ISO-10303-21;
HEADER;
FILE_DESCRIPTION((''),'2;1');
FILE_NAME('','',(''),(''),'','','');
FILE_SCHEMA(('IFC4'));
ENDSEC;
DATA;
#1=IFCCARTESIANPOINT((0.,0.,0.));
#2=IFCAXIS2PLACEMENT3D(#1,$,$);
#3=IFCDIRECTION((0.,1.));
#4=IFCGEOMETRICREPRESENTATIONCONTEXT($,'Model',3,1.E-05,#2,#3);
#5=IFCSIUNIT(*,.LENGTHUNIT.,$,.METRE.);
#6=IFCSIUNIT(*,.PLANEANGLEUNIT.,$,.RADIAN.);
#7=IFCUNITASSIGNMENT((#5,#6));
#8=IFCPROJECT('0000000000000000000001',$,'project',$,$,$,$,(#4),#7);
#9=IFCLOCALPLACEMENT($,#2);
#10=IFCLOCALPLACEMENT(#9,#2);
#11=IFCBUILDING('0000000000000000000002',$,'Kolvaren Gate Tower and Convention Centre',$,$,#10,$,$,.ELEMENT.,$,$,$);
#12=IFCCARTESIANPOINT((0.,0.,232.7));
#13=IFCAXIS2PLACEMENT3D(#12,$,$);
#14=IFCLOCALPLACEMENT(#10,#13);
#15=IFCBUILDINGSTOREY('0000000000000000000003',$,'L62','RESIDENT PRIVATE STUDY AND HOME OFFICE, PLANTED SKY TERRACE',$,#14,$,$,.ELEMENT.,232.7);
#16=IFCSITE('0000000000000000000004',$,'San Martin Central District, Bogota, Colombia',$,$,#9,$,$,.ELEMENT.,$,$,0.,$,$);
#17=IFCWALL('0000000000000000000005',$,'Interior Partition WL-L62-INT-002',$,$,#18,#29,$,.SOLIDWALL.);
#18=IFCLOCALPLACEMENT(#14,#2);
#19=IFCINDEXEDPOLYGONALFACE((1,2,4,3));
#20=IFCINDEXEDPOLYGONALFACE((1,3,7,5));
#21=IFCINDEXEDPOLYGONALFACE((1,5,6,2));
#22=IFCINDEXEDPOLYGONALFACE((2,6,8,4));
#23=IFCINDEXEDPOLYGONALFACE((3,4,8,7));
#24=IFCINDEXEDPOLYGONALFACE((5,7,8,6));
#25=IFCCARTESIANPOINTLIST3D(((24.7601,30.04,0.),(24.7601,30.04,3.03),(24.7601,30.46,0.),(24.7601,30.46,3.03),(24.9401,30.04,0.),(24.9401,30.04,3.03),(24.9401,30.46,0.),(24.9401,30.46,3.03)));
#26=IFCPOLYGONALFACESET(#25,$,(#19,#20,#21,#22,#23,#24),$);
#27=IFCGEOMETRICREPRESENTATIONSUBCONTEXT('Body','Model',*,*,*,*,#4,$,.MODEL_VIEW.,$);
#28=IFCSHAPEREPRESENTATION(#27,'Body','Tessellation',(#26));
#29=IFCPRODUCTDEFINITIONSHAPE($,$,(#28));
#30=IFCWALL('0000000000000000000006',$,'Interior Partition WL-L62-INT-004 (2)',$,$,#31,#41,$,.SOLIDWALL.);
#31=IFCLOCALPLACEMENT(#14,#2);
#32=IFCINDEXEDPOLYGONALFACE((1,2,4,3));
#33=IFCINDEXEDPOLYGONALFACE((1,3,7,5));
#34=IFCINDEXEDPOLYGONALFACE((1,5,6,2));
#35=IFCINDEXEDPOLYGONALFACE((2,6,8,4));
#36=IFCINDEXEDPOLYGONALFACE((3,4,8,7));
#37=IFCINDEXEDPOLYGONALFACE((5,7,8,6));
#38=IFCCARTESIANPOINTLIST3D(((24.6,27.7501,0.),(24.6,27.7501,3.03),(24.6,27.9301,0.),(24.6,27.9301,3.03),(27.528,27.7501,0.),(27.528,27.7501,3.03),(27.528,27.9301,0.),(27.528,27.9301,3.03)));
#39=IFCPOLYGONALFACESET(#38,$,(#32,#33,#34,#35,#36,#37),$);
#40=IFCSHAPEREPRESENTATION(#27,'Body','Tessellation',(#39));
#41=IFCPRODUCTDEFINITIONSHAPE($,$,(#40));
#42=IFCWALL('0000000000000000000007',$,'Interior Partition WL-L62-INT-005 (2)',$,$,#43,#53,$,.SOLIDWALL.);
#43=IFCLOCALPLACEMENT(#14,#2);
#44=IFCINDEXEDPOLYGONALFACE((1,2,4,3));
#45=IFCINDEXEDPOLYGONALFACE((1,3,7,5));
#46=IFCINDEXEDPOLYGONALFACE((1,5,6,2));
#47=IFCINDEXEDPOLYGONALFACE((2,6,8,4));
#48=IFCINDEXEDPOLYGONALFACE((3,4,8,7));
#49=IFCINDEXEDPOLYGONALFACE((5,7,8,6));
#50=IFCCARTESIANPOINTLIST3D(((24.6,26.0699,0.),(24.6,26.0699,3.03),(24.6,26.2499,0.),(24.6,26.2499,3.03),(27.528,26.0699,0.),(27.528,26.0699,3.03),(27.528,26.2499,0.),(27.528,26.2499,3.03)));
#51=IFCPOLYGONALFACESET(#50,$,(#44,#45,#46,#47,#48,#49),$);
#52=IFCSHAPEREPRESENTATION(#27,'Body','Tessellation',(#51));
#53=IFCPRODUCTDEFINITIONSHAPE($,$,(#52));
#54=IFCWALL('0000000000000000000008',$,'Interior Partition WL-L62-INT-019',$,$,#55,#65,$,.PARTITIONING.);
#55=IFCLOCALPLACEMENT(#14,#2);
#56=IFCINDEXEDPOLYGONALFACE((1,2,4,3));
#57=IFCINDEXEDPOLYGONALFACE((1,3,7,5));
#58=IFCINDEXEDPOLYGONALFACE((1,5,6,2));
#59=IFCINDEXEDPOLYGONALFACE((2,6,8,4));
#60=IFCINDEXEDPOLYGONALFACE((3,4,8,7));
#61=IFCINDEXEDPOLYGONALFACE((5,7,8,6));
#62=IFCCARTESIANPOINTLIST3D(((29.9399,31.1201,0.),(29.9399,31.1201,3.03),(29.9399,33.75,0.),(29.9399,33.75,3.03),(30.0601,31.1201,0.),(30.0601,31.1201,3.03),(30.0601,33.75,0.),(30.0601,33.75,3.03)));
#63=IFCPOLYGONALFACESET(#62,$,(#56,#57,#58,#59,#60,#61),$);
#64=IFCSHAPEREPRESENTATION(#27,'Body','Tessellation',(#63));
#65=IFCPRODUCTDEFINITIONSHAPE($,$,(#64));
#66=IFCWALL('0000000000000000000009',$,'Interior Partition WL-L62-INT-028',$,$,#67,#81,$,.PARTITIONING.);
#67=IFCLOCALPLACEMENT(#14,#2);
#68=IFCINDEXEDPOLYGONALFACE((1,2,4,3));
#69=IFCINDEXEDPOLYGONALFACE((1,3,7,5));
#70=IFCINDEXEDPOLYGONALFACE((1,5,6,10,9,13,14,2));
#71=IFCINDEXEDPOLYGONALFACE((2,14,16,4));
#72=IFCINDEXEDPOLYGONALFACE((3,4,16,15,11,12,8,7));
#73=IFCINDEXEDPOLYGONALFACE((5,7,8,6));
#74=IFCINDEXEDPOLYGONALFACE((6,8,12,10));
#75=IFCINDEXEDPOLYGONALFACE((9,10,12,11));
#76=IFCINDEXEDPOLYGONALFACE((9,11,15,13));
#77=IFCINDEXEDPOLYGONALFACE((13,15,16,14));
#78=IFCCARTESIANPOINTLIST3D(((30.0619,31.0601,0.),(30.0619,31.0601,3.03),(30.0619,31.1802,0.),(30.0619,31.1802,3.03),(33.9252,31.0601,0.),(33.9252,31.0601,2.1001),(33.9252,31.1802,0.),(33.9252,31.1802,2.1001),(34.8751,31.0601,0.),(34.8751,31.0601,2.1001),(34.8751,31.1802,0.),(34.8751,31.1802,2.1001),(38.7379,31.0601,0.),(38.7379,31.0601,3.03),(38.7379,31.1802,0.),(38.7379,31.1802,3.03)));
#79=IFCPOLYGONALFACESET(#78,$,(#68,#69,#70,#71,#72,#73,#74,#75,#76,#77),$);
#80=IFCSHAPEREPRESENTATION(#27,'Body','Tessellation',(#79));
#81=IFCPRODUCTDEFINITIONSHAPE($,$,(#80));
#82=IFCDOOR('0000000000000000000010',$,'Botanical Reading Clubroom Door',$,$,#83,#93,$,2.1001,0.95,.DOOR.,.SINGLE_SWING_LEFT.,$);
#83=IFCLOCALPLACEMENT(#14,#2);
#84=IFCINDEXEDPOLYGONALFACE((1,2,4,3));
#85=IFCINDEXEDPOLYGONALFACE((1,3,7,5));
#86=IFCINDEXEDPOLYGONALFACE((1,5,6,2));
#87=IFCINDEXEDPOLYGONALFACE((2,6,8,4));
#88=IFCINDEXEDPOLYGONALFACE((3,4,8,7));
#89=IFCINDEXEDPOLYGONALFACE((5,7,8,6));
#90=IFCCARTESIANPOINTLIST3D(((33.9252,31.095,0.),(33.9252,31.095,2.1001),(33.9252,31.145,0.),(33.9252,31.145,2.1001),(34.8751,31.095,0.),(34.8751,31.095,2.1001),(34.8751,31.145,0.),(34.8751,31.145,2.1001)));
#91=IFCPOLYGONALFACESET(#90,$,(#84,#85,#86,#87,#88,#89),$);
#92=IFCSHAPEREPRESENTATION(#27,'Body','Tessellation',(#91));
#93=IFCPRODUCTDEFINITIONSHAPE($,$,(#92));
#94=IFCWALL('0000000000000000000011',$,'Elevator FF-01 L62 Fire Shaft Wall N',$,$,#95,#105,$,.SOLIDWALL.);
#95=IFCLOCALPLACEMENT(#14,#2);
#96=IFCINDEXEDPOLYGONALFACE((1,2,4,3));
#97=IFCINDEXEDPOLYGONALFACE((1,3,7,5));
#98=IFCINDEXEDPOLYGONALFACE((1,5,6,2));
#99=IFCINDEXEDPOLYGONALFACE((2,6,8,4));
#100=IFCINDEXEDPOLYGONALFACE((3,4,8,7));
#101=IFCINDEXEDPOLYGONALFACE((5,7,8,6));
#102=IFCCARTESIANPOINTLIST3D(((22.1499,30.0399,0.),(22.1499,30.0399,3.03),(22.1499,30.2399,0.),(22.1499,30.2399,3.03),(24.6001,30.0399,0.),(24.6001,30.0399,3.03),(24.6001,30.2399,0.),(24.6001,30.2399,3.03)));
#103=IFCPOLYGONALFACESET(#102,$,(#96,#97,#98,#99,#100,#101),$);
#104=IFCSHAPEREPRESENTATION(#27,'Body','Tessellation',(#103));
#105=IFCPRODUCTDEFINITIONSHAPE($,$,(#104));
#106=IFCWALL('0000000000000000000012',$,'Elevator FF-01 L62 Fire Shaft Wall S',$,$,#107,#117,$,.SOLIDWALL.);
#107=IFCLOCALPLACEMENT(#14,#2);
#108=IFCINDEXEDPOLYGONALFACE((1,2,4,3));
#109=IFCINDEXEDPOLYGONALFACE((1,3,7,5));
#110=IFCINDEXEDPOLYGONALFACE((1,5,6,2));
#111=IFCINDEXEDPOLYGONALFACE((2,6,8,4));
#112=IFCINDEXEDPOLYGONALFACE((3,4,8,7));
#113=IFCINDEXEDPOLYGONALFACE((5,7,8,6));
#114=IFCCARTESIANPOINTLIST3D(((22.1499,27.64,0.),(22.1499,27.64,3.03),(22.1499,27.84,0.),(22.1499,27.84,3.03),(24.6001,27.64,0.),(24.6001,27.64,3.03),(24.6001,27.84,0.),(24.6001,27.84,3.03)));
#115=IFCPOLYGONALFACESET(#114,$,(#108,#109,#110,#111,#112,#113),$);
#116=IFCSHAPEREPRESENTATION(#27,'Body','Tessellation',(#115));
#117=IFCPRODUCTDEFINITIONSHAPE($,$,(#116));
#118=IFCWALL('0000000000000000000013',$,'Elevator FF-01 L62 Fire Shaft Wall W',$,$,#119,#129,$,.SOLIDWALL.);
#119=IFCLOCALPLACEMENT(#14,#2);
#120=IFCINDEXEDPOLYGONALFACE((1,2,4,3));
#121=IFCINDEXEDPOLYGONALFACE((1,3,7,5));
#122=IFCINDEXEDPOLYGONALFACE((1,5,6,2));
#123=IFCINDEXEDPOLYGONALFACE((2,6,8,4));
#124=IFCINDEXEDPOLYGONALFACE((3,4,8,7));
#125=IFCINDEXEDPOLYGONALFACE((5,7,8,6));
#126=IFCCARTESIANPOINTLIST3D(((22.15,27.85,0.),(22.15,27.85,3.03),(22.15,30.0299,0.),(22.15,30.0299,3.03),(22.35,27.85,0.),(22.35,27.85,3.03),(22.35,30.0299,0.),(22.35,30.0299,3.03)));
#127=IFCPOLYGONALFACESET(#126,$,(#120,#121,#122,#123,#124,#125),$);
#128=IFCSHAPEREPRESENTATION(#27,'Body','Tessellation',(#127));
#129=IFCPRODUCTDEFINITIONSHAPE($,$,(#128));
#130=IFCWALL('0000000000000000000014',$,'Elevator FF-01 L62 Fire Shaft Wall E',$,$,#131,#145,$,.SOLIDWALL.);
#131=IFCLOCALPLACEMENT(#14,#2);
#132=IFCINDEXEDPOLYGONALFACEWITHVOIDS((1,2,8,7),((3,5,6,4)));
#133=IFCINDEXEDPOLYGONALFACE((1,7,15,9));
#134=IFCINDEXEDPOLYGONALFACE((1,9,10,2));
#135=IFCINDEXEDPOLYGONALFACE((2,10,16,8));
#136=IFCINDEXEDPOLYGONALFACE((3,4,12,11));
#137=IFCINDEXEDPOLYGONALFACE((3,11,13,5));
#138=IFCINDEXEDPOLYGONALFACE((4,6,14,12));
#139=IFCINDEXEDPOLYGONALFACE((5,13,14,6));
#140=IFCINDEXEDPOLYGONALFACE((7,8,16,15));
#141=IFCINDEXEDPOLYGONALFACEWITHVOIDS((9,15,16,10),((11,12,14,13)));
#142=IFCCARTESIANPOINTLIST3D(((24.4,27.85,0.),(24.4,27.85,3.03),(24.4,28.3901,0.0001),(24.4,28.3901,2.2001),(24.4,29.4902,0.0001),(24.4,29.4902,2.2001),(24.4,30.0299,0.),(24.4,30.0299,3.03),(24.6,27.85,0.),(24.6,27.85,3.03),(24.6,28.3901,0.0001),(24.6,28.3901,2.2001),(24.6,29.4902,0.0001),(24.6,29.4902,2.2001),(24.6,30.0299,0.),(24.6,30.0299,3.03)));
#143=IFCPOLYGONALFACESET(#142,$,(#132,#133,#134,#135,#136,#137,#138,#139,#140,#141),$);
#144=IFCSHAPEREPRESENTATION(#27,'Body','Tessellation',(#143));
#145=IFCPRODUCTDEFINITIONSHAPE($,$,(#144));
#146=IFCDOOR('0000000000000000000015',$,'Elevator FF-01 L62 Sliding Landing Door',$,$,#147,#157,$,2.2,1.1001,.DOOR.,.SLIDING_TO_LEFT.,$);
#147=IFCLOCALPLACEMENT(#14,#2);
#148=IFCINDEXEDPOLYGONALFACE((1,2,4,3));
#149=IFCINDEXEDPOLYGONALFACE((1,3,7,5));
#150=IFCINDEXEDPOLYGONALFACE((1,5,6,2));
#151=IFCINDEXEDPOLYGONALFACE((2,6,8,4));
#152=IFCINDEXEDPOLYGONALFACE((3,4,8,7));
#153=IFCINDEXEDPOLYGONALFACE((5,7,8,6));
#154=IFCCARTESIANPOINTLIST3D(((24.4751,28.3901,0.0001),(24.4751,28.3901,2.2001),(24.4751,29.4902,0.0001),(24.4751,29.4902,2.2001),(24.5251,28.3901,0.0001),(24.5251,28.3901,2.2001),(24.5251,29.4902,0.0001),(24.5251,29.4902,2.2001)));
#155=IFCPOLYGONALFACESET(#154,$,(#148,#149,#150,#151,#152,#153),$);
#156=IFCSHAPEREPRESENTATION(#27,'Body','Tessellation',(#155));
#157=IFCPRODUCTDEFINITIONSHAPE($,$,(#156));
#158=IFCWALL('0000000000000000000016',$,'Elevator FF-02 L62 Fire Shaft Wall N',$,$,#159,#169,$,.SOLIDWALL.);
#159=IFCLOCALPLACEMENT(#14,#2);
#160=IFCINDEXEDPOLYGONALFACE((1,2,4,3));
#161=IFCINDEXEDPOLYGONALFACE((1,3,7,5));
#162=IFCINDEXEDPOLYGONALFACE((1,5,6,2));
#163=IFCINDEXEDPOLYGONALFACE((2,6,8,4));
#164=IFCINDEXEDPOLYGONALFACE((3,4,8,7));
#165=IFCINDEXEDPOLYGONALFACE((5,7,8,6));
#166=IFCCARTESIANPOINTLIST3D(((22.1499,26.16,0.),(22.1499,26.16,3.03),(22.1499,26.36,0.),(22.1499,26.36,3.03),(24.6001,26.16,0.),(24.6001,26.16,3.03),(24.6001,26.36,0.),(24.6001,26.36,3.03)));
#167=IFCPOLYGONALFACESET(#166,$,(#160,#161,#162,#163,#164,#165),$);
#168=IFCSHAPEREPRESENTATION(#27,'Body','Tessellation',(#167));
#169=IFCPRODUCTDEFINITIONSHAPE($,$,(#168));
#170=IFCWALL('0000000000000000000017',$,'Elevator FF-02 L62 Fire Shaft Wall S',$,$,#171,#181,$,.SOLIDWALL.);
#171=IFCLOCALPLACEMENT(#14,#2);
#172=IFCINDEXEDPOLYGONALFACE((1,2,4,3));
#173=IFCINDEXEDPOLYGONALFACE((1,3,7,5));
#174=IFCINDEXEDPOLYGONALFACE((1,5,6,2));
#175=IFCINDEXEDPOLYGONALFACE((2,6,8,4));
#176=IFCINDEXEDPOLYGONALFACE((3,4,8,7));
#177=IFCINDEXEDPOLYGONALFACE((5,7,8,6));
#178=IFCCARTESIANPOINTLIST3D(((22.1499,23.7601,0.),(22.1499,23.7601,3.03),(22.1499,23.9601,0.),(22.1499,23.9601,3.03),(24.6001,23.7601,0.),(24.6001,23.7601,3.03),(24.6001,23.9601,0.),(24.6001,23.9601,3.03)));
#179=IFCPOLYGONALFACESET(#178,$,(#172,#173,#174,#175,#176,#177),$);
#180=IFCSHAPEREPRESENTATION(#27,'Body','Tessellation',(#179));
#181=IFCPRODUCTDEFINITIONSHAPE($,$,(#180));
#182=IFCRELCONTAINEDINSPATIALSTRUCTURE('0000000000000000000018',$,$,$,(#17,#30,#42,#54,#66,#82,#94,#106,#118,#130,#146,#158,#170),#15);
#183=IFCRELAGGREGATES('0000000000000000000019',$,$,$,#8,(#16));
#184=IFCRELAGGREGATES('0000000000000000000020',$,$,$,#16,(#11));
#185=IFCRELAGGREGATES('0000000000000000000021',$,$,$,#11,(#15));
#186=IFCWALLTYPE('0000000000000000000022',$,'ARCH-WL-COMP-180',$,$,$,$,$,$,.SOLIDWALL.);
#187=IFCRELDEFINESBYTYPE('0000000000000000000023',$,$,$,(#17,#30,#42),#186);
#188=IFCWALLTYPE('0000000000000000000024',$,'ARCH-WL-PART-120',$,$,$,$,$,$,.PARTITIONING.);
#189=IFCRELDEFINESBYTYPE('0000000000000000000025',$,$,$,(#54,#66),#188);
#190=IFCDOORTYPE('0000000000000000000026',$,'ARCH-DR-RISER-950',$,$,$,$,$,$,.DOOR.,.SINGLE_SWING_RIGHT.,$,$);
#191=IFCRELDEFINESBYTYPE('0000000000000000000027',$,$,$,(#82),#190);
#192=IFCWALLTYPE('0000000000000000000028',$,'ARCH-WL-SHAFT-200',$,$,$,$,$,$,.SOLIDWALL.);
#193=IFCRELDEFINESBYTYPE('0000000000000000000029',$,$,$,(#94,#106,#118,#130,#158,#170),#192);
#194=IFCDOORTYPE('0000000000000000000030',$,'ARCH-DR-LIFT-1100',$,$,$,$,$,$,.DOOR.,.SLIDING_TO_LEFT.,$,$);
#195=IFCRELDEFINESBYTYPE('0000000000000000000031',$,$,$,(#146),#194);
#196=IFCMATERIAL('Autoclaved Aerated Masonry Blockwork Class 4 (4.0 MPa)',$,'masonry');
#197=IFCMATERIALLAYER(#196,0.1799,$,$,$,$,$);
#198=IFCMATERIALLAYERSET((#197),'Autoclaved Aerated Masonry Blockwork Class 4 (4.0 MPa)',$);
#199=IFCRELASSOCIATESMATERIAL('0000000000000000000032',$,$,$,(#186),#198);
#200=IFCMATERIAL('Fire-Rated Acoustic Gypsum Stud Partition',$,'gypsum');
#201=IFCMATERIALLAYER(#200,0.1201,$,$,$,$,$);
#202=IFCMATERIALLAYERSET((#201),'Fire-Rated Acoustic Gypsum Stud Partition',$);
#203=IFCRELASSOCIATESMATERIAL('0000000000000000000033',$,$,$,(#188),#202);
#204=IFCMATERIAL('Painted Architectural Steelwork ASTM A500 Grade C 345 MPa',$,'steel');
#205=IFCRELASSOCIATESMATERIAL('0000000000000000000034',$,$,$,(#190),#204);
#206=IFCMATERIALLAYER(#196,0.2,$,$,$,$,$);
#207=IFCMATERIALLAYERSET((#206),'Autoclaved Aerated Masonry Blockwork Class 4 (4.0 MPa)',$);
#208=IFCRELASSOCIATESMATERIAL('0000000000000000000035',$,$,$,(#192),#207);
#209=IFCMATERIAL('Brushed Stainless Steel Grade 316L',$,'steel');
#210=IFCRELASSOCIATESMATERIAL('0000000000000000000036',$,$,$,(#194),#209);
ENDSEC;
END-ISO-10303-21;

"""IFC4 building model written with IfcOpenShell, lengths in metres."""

from ifc_helpers import new_model, si_unit, direction, frame, frame_2d, origin, place, context, subcontext, project, spatial, rectangle, extrude, material, layer, layer_set, type_object, element, fill, save


model = new_model("IFC4")

# Units and contexts
model_context = context("Model", 3, precision=1e-05, world=origin(), true_north=direction((0.0, 1.0)))
body_context = subcontext(model_context, "Body", "Model", "MODEL_VIEW")
ifc_project = project(units=[si_unit("LENGTHUNIT", "METRE"), si_unit("PLANEANGLEUNIT", "RADIAN")], contexts=[model_context])

# Site, building, storey
site_placement = place(None, origin())
site = spatial("IfcSite", under=ifc_project, at=site_placement, Name="San Martin Central District, Bogota, Colombia", CompositionType="ELEMENT", RefElevation=0.0)
building_placement = place(site_placement, origin())
building = spatial("IfcBuilding", under=site, at=building_placement, Name="Kolvaren Gate Tower and Convention Centre", CompositionType="ELEMENT")
storey_placement = place(building_placement, frame((0.0, 0.0, 232.7)))
storey = spatial("IfcBuildingStorey", under=building, at=storey_placement, Name="L62", Description="RESIDENT PRIVATE STUDY AND HOME OFFICE, PLANTED SKY TERRACE", CompositionType="ELEMENT", Elevation=232.7)

# Walls
ifc_material_1 = material(Name="Autoclaved Aerated Masonry Blockwork Class 4 (4.0 MPa)", Category="masonry")
ifc_layer_1 = layer(ifc_material_1, 0.1799)
ifc_layer_set_1 = layer_set([ifc_layer_1], Name="Autoclaved Aerated Masonry Blockwork Class 4 (4.0 MPa)")
wall_type_1 = type_object("IfcWallType", Name="ARCH-WL-COMP-180", PredefinedType="SOLIDWALL", material=ifc_layer_set_1)
wall_1_placement = place(storey_placement, frame((24.8501, 30.04, 0.0), z_axis=(0.0, 0.0, 1.0), x_axis=(0.0, 1.0, 0.0)))
element("IfcWall", 1, at=wall_1_placement, inside=storey, type_object=wall_type_1, Name="Interior Partition WL-L62-INT-002", PredefinedType="SOLIDWALL", context=body_context, shape_type="SweptSolid", body=[
    extrude(rectangle(XDim=0.4199, YDim=0.1799, at=frame_2d((0.21, 0.0))), origin(), (0.0, 0.0, 1.0), 3.03),
])
for number, where, z_axis, x_axis, name in (
    (2, (24.6001, 27.8401, 0.0), (0.0, 0.0, 1.0), (1.0, 0.0, 0.0), "Interior Partition WL-L62-INT-004 (2)"),
    (3, (24.6001, 26.1599, 0.0), (0.0, 0.0, 1.0), (1.0, 0.0, 0.0), "Interior Partition WL-L62-INT-005 (2)"),
):
    element("IfcWall", number, at=place(storey_placement, frame(where, z_axis=z_axis, x_axis=x_axis)), inside=storey, type_object=wall_type_1, Name=name, PredefinedType="SOLIDWALL", context=body_context, shape_type="SweptSolid", body=[
        extrude(rectangle(XDim=2.928, YDim=0.1799, at=frame_2d((1.4639, 0.0))), origin(), (0.0, 0.0, 1.0), 3.03),
    ])
ifc_material_2 = material(Name="Fire-Rated Acoustic Gypsum Stud Partition", Category="gypsum")
ifc_layer_2 = layer(ifc_material_2, 0.1201)
ifc_layer_set_2 = layer_set([ifc_layer_2], Name="Fire-Rated Acoustic Gypsum Stud Partition")
wall_type_2 = type_object("IfcWallType", Name="ARCH-WL-PART-120", PredefinedType="PARTITIONING", material=ifc_layer_set_2)
wall_2_placement = place(storey_placement, frame((30.0, 31.1201, 0.0), z_axis=(0.0, 0.0, 1.0), x_axis=(0.0, 1.0, 0.0)))
element("IfcWall", 4, at=wall_2_placement, inside=storey, type_object=wall_type_2, Name="Interior Partition WL-L62-INT-019", PredefinedType="PARTITIONING", context=body_context, shape_type="SweptSolid", body=[
    extrude(rectangle(XDim=2.6299, YDim=0.1201, at=frame_2d((1.3149, 0.0))), origin(), (0.0, 0.0, 1.0), 3.03),
])

# Wall, opening, door
wall_3_placement = place(storey_placement, frame((30.062, 31.1201, 0.0), z_axis=(0.0, 0.0, 1.0), x_axis=(1.0, 0.0, 0.0)))
wall_3 = element("IfcWall", 5, at=wall_3_placement, inside=storey, type_object=wall_type_2, Name="Interior Partition WL-L62-INT-028", PredefinedType="PARTITIONING", context=body_context, shape_type="SweptSolid", body=[
    extrude(rectangle(XDim=8.676, YDim=0.1201, at=frame_2d((4.3379, 0.0))), origin(), (0.0, 0.0, 1.0), 3.03),
])
opening_1_placement = place(wall_3_placement, frame((3.863, 0.0, 0.0)))
opening_1 = element("IfcOpeningElement", 6, at=opening_1_placement, cuts=wall_3, PredefinedType="OPENING", context=body_context, shape_type="SweptSolid", body=[
    extrude(rectangle(XDim=0.95, YDim=2.1001, at=frame_2d((0.4751, 1.05))), frame((0.0, 0.0701, 0.0), z_axis=(0.0, -1.0, 0.0), x_axis=(1.0, 0.0, 0.0)), (0.0, 0.0, 1.0), 0.1401),
])
ifc_material_3 = material(Name="Painted Architectural Steelwork ASTM A500 Grade C 345 MPa", Category="steel")
door_type_1 = type_object("IfcDoorType", Name="ARCH-DR-RISER-950", OperationType="SINGLE_SWING_RIGHT", PredefinedType="DOOR", material=ifc_material_3)
door_1_placement = place(opening_1_placement, origin())
door_1 = element("IfcDoor", 7, at=door_1_placement, inside=storey, type_object=door_type_1, Name="Botanical Reading Clubroom Door", OperationType="SINGLE_SWING_LEFT", OverallHeight=2.1001, OverallWidth=0.95, PredefinedType="DOOR", context=body_context, shape_type="SweptSolid", body=[
    extrude(rectangle(XDim=0.95, YDim=2.1001, at=frame_2d((0.4751, 1.05))), frame((0.0, 0.0249, 0.0), z_axis=(0.0, -1.0, 0.0), x_axis=(1.0, 0.0, 0.0)), (0.0, 0.0, 1.0), 0.05),
])
fill(opening_1, door_1)

# Walls
ifc_layer_3 = layer(ifc_material_1, 0.2)
ifc_layer_set_3 = layer_set([ifc_layer_3], Name="Autoclaved Aerated Masonry Blockwork Class 4 (4.0 MPa)")
wall_type_3 = type_object("IfcWallType", Name="ARCH-WL-SHAFT-200", PredefinedType="SOLIDWALL", material=ifc_layer_set_3)
for number, where, z_axis, x_axis, name in (
    (8, (22.1499, 30.1399, 0.0), (0.0, 0.0, 1.0), (1.0, 0.0, 0.0), "Elevator FF-01 L62 Fire Shaft Wall N"),
    (9, (22.1499, 27.74, 0.0), (0.0, 0.0, 1.0), (1.0, 0.0, 0.0), "Elevator FF-01 L62 Fire Shaft Wall S"),
):
    element("IfcWall", number, at=place(storey_placement, frame(where, z_axis=z_axis, x_axis=x_axis)), inside=storey, type_object=wall_type_3, Name=name, PredefinedType="SOLIDWALL", context=body_context, shape_type="SweptSolid", body=[
        extrude(rectangle(XDim=2.4502, YDim=0.2, at=frame_2d((1.2251, 0.0))), origin(), (0.0, 0.0, 1.0), 3.03),
    ])
wall_4_placement = place(storey_placement, frame((22.25, 27.8501, 0.0), z_axis=(0.0, 0.0, 1.0), x_axis=(0.0, 1.0, 0.0)))
element("IfcWall", 10, at=wall_4_placement, inside=storey, type_object=wall_type_3, Name="Elevator FF-01 L62 Fire Shaft Wall W", PredefinedType="SOLIDWALL", context=body_context, shape_type="SweptSolid", body=[
    extrude(rectangle(XDim=2.1799, YDim=0.2, at=frame_2d((1.0898, 0.0))), origin(), (0.0, 0.0, 1.0), 3.03),
])

# Wall, opening, door
wall_5_placement = place(storey_placement, frame((24.5, 27.8501, 0.0), z_axis=(0.0, 0.0, 1.0), x_axis=(0.0, 1.0, 0.0)))
wall_5 = element("IfcWall", 11, at=wall_5_placement, inside=storey, type_object=wall_type_3, Name="Elevator FF-01 L62 Fire Shaft Wall E", PredefinedType="SOLIDWALL", context=body_context, shape_type="SweptSolid", body=[
    extrude(rectangle(XDim=2.1799, YDim=0.2, at=frame_2d((1.0898, 0.0))), origin(), (0.0, 0.0, 1.0), 3.03),
])
opening_2_placement = place(wall_5_placement, frame((0.54, 0.0, 0.0)))
opening_2 = element("IfcOpeningElement", 12, at=opening_2_placement, cuts=wall_5, PredefinedType="OPENING", context=body_context, shape_type="SweptSolid", body=[
    extrude(rectangle(XDim=1.1001, YDim=2.2, at=frame_2d((0.55, 1.1001))), frame((0.0, 0.1099, 0.0), z_axis=(0.0, -1.0, 0.0), x_axis=(1.0, 0.0, 0.0)), (0.0, 0.0, 1.0), 0.22),
])
ifc_material_4 = material(Name="Brushed Stainless Steel Grade 316L", Category="steel")
door_type_2 = type_object("IfcDoorType", Name="ARCH-DR-LIFT-1100", OperationType="SLIDING_TO_LEFT", PredefinedType="DOOR", material=ifc_material_4)
door_2_placement = place(opening_2_placement, origin())
door_2 = element("IfcDoor", 13, at=door_2_placement, inside=storey, type_object=door_type_2, Name="Elevator FF-01 L62 Sliding Landing Door", OperationType="SLIDING_TO_LEFT", OverallHeight=2.2, OverallWidth=1.1001, PredefinedType="DOOR", context=body_context, shape_type="SweptSolid", body=[
    extrude(rectangle(XDim=1.1001, YDim=2.2, at=frame_2d((0.55, 1.1001))), frame((0.0, 0.0249, 0.0), z_axis=(0.0, -1.0, 0.0), x_axis=(1.0, 0.0, 0.0)), (0.0, 0.0, 1.0), 0.05),
])
fill(opening_2, door_2)

# Walls
for number, where, z_axis, x_axis, name in (
    (14, (22.1499, 26.26, 0.0), (0.0, 0.0, 1.0), (1.0, 0.0, 0.0), "Elevator FF-02 L62 Fire Shaft Wall N"),
    (15, (22.1499, 23.8601, 0.0), (0.0, 0.0, 1.0), (1.0, 0.0, 0.0), "Elevator FF-02 L62 Fire Shaft Wall S"),
):
    element("IfcWall", number, at=place(storey_placement, frame(where, z_axis=z_axis, x_axis=x_axis)), inside=storey, type_object=wall_type_3, Name=name, PredefinedType="SOLIDWALL", context=body_context, shape_type="SweptSolid", body=[
        extrude(rectangle(XDim=2.4502, YDim=0.2, at=frame_2d((1.2251, 0.0))), origin(), (0.0, 0.0, 1.0), 3.03),
    ])

save(model, "model.ifc")
